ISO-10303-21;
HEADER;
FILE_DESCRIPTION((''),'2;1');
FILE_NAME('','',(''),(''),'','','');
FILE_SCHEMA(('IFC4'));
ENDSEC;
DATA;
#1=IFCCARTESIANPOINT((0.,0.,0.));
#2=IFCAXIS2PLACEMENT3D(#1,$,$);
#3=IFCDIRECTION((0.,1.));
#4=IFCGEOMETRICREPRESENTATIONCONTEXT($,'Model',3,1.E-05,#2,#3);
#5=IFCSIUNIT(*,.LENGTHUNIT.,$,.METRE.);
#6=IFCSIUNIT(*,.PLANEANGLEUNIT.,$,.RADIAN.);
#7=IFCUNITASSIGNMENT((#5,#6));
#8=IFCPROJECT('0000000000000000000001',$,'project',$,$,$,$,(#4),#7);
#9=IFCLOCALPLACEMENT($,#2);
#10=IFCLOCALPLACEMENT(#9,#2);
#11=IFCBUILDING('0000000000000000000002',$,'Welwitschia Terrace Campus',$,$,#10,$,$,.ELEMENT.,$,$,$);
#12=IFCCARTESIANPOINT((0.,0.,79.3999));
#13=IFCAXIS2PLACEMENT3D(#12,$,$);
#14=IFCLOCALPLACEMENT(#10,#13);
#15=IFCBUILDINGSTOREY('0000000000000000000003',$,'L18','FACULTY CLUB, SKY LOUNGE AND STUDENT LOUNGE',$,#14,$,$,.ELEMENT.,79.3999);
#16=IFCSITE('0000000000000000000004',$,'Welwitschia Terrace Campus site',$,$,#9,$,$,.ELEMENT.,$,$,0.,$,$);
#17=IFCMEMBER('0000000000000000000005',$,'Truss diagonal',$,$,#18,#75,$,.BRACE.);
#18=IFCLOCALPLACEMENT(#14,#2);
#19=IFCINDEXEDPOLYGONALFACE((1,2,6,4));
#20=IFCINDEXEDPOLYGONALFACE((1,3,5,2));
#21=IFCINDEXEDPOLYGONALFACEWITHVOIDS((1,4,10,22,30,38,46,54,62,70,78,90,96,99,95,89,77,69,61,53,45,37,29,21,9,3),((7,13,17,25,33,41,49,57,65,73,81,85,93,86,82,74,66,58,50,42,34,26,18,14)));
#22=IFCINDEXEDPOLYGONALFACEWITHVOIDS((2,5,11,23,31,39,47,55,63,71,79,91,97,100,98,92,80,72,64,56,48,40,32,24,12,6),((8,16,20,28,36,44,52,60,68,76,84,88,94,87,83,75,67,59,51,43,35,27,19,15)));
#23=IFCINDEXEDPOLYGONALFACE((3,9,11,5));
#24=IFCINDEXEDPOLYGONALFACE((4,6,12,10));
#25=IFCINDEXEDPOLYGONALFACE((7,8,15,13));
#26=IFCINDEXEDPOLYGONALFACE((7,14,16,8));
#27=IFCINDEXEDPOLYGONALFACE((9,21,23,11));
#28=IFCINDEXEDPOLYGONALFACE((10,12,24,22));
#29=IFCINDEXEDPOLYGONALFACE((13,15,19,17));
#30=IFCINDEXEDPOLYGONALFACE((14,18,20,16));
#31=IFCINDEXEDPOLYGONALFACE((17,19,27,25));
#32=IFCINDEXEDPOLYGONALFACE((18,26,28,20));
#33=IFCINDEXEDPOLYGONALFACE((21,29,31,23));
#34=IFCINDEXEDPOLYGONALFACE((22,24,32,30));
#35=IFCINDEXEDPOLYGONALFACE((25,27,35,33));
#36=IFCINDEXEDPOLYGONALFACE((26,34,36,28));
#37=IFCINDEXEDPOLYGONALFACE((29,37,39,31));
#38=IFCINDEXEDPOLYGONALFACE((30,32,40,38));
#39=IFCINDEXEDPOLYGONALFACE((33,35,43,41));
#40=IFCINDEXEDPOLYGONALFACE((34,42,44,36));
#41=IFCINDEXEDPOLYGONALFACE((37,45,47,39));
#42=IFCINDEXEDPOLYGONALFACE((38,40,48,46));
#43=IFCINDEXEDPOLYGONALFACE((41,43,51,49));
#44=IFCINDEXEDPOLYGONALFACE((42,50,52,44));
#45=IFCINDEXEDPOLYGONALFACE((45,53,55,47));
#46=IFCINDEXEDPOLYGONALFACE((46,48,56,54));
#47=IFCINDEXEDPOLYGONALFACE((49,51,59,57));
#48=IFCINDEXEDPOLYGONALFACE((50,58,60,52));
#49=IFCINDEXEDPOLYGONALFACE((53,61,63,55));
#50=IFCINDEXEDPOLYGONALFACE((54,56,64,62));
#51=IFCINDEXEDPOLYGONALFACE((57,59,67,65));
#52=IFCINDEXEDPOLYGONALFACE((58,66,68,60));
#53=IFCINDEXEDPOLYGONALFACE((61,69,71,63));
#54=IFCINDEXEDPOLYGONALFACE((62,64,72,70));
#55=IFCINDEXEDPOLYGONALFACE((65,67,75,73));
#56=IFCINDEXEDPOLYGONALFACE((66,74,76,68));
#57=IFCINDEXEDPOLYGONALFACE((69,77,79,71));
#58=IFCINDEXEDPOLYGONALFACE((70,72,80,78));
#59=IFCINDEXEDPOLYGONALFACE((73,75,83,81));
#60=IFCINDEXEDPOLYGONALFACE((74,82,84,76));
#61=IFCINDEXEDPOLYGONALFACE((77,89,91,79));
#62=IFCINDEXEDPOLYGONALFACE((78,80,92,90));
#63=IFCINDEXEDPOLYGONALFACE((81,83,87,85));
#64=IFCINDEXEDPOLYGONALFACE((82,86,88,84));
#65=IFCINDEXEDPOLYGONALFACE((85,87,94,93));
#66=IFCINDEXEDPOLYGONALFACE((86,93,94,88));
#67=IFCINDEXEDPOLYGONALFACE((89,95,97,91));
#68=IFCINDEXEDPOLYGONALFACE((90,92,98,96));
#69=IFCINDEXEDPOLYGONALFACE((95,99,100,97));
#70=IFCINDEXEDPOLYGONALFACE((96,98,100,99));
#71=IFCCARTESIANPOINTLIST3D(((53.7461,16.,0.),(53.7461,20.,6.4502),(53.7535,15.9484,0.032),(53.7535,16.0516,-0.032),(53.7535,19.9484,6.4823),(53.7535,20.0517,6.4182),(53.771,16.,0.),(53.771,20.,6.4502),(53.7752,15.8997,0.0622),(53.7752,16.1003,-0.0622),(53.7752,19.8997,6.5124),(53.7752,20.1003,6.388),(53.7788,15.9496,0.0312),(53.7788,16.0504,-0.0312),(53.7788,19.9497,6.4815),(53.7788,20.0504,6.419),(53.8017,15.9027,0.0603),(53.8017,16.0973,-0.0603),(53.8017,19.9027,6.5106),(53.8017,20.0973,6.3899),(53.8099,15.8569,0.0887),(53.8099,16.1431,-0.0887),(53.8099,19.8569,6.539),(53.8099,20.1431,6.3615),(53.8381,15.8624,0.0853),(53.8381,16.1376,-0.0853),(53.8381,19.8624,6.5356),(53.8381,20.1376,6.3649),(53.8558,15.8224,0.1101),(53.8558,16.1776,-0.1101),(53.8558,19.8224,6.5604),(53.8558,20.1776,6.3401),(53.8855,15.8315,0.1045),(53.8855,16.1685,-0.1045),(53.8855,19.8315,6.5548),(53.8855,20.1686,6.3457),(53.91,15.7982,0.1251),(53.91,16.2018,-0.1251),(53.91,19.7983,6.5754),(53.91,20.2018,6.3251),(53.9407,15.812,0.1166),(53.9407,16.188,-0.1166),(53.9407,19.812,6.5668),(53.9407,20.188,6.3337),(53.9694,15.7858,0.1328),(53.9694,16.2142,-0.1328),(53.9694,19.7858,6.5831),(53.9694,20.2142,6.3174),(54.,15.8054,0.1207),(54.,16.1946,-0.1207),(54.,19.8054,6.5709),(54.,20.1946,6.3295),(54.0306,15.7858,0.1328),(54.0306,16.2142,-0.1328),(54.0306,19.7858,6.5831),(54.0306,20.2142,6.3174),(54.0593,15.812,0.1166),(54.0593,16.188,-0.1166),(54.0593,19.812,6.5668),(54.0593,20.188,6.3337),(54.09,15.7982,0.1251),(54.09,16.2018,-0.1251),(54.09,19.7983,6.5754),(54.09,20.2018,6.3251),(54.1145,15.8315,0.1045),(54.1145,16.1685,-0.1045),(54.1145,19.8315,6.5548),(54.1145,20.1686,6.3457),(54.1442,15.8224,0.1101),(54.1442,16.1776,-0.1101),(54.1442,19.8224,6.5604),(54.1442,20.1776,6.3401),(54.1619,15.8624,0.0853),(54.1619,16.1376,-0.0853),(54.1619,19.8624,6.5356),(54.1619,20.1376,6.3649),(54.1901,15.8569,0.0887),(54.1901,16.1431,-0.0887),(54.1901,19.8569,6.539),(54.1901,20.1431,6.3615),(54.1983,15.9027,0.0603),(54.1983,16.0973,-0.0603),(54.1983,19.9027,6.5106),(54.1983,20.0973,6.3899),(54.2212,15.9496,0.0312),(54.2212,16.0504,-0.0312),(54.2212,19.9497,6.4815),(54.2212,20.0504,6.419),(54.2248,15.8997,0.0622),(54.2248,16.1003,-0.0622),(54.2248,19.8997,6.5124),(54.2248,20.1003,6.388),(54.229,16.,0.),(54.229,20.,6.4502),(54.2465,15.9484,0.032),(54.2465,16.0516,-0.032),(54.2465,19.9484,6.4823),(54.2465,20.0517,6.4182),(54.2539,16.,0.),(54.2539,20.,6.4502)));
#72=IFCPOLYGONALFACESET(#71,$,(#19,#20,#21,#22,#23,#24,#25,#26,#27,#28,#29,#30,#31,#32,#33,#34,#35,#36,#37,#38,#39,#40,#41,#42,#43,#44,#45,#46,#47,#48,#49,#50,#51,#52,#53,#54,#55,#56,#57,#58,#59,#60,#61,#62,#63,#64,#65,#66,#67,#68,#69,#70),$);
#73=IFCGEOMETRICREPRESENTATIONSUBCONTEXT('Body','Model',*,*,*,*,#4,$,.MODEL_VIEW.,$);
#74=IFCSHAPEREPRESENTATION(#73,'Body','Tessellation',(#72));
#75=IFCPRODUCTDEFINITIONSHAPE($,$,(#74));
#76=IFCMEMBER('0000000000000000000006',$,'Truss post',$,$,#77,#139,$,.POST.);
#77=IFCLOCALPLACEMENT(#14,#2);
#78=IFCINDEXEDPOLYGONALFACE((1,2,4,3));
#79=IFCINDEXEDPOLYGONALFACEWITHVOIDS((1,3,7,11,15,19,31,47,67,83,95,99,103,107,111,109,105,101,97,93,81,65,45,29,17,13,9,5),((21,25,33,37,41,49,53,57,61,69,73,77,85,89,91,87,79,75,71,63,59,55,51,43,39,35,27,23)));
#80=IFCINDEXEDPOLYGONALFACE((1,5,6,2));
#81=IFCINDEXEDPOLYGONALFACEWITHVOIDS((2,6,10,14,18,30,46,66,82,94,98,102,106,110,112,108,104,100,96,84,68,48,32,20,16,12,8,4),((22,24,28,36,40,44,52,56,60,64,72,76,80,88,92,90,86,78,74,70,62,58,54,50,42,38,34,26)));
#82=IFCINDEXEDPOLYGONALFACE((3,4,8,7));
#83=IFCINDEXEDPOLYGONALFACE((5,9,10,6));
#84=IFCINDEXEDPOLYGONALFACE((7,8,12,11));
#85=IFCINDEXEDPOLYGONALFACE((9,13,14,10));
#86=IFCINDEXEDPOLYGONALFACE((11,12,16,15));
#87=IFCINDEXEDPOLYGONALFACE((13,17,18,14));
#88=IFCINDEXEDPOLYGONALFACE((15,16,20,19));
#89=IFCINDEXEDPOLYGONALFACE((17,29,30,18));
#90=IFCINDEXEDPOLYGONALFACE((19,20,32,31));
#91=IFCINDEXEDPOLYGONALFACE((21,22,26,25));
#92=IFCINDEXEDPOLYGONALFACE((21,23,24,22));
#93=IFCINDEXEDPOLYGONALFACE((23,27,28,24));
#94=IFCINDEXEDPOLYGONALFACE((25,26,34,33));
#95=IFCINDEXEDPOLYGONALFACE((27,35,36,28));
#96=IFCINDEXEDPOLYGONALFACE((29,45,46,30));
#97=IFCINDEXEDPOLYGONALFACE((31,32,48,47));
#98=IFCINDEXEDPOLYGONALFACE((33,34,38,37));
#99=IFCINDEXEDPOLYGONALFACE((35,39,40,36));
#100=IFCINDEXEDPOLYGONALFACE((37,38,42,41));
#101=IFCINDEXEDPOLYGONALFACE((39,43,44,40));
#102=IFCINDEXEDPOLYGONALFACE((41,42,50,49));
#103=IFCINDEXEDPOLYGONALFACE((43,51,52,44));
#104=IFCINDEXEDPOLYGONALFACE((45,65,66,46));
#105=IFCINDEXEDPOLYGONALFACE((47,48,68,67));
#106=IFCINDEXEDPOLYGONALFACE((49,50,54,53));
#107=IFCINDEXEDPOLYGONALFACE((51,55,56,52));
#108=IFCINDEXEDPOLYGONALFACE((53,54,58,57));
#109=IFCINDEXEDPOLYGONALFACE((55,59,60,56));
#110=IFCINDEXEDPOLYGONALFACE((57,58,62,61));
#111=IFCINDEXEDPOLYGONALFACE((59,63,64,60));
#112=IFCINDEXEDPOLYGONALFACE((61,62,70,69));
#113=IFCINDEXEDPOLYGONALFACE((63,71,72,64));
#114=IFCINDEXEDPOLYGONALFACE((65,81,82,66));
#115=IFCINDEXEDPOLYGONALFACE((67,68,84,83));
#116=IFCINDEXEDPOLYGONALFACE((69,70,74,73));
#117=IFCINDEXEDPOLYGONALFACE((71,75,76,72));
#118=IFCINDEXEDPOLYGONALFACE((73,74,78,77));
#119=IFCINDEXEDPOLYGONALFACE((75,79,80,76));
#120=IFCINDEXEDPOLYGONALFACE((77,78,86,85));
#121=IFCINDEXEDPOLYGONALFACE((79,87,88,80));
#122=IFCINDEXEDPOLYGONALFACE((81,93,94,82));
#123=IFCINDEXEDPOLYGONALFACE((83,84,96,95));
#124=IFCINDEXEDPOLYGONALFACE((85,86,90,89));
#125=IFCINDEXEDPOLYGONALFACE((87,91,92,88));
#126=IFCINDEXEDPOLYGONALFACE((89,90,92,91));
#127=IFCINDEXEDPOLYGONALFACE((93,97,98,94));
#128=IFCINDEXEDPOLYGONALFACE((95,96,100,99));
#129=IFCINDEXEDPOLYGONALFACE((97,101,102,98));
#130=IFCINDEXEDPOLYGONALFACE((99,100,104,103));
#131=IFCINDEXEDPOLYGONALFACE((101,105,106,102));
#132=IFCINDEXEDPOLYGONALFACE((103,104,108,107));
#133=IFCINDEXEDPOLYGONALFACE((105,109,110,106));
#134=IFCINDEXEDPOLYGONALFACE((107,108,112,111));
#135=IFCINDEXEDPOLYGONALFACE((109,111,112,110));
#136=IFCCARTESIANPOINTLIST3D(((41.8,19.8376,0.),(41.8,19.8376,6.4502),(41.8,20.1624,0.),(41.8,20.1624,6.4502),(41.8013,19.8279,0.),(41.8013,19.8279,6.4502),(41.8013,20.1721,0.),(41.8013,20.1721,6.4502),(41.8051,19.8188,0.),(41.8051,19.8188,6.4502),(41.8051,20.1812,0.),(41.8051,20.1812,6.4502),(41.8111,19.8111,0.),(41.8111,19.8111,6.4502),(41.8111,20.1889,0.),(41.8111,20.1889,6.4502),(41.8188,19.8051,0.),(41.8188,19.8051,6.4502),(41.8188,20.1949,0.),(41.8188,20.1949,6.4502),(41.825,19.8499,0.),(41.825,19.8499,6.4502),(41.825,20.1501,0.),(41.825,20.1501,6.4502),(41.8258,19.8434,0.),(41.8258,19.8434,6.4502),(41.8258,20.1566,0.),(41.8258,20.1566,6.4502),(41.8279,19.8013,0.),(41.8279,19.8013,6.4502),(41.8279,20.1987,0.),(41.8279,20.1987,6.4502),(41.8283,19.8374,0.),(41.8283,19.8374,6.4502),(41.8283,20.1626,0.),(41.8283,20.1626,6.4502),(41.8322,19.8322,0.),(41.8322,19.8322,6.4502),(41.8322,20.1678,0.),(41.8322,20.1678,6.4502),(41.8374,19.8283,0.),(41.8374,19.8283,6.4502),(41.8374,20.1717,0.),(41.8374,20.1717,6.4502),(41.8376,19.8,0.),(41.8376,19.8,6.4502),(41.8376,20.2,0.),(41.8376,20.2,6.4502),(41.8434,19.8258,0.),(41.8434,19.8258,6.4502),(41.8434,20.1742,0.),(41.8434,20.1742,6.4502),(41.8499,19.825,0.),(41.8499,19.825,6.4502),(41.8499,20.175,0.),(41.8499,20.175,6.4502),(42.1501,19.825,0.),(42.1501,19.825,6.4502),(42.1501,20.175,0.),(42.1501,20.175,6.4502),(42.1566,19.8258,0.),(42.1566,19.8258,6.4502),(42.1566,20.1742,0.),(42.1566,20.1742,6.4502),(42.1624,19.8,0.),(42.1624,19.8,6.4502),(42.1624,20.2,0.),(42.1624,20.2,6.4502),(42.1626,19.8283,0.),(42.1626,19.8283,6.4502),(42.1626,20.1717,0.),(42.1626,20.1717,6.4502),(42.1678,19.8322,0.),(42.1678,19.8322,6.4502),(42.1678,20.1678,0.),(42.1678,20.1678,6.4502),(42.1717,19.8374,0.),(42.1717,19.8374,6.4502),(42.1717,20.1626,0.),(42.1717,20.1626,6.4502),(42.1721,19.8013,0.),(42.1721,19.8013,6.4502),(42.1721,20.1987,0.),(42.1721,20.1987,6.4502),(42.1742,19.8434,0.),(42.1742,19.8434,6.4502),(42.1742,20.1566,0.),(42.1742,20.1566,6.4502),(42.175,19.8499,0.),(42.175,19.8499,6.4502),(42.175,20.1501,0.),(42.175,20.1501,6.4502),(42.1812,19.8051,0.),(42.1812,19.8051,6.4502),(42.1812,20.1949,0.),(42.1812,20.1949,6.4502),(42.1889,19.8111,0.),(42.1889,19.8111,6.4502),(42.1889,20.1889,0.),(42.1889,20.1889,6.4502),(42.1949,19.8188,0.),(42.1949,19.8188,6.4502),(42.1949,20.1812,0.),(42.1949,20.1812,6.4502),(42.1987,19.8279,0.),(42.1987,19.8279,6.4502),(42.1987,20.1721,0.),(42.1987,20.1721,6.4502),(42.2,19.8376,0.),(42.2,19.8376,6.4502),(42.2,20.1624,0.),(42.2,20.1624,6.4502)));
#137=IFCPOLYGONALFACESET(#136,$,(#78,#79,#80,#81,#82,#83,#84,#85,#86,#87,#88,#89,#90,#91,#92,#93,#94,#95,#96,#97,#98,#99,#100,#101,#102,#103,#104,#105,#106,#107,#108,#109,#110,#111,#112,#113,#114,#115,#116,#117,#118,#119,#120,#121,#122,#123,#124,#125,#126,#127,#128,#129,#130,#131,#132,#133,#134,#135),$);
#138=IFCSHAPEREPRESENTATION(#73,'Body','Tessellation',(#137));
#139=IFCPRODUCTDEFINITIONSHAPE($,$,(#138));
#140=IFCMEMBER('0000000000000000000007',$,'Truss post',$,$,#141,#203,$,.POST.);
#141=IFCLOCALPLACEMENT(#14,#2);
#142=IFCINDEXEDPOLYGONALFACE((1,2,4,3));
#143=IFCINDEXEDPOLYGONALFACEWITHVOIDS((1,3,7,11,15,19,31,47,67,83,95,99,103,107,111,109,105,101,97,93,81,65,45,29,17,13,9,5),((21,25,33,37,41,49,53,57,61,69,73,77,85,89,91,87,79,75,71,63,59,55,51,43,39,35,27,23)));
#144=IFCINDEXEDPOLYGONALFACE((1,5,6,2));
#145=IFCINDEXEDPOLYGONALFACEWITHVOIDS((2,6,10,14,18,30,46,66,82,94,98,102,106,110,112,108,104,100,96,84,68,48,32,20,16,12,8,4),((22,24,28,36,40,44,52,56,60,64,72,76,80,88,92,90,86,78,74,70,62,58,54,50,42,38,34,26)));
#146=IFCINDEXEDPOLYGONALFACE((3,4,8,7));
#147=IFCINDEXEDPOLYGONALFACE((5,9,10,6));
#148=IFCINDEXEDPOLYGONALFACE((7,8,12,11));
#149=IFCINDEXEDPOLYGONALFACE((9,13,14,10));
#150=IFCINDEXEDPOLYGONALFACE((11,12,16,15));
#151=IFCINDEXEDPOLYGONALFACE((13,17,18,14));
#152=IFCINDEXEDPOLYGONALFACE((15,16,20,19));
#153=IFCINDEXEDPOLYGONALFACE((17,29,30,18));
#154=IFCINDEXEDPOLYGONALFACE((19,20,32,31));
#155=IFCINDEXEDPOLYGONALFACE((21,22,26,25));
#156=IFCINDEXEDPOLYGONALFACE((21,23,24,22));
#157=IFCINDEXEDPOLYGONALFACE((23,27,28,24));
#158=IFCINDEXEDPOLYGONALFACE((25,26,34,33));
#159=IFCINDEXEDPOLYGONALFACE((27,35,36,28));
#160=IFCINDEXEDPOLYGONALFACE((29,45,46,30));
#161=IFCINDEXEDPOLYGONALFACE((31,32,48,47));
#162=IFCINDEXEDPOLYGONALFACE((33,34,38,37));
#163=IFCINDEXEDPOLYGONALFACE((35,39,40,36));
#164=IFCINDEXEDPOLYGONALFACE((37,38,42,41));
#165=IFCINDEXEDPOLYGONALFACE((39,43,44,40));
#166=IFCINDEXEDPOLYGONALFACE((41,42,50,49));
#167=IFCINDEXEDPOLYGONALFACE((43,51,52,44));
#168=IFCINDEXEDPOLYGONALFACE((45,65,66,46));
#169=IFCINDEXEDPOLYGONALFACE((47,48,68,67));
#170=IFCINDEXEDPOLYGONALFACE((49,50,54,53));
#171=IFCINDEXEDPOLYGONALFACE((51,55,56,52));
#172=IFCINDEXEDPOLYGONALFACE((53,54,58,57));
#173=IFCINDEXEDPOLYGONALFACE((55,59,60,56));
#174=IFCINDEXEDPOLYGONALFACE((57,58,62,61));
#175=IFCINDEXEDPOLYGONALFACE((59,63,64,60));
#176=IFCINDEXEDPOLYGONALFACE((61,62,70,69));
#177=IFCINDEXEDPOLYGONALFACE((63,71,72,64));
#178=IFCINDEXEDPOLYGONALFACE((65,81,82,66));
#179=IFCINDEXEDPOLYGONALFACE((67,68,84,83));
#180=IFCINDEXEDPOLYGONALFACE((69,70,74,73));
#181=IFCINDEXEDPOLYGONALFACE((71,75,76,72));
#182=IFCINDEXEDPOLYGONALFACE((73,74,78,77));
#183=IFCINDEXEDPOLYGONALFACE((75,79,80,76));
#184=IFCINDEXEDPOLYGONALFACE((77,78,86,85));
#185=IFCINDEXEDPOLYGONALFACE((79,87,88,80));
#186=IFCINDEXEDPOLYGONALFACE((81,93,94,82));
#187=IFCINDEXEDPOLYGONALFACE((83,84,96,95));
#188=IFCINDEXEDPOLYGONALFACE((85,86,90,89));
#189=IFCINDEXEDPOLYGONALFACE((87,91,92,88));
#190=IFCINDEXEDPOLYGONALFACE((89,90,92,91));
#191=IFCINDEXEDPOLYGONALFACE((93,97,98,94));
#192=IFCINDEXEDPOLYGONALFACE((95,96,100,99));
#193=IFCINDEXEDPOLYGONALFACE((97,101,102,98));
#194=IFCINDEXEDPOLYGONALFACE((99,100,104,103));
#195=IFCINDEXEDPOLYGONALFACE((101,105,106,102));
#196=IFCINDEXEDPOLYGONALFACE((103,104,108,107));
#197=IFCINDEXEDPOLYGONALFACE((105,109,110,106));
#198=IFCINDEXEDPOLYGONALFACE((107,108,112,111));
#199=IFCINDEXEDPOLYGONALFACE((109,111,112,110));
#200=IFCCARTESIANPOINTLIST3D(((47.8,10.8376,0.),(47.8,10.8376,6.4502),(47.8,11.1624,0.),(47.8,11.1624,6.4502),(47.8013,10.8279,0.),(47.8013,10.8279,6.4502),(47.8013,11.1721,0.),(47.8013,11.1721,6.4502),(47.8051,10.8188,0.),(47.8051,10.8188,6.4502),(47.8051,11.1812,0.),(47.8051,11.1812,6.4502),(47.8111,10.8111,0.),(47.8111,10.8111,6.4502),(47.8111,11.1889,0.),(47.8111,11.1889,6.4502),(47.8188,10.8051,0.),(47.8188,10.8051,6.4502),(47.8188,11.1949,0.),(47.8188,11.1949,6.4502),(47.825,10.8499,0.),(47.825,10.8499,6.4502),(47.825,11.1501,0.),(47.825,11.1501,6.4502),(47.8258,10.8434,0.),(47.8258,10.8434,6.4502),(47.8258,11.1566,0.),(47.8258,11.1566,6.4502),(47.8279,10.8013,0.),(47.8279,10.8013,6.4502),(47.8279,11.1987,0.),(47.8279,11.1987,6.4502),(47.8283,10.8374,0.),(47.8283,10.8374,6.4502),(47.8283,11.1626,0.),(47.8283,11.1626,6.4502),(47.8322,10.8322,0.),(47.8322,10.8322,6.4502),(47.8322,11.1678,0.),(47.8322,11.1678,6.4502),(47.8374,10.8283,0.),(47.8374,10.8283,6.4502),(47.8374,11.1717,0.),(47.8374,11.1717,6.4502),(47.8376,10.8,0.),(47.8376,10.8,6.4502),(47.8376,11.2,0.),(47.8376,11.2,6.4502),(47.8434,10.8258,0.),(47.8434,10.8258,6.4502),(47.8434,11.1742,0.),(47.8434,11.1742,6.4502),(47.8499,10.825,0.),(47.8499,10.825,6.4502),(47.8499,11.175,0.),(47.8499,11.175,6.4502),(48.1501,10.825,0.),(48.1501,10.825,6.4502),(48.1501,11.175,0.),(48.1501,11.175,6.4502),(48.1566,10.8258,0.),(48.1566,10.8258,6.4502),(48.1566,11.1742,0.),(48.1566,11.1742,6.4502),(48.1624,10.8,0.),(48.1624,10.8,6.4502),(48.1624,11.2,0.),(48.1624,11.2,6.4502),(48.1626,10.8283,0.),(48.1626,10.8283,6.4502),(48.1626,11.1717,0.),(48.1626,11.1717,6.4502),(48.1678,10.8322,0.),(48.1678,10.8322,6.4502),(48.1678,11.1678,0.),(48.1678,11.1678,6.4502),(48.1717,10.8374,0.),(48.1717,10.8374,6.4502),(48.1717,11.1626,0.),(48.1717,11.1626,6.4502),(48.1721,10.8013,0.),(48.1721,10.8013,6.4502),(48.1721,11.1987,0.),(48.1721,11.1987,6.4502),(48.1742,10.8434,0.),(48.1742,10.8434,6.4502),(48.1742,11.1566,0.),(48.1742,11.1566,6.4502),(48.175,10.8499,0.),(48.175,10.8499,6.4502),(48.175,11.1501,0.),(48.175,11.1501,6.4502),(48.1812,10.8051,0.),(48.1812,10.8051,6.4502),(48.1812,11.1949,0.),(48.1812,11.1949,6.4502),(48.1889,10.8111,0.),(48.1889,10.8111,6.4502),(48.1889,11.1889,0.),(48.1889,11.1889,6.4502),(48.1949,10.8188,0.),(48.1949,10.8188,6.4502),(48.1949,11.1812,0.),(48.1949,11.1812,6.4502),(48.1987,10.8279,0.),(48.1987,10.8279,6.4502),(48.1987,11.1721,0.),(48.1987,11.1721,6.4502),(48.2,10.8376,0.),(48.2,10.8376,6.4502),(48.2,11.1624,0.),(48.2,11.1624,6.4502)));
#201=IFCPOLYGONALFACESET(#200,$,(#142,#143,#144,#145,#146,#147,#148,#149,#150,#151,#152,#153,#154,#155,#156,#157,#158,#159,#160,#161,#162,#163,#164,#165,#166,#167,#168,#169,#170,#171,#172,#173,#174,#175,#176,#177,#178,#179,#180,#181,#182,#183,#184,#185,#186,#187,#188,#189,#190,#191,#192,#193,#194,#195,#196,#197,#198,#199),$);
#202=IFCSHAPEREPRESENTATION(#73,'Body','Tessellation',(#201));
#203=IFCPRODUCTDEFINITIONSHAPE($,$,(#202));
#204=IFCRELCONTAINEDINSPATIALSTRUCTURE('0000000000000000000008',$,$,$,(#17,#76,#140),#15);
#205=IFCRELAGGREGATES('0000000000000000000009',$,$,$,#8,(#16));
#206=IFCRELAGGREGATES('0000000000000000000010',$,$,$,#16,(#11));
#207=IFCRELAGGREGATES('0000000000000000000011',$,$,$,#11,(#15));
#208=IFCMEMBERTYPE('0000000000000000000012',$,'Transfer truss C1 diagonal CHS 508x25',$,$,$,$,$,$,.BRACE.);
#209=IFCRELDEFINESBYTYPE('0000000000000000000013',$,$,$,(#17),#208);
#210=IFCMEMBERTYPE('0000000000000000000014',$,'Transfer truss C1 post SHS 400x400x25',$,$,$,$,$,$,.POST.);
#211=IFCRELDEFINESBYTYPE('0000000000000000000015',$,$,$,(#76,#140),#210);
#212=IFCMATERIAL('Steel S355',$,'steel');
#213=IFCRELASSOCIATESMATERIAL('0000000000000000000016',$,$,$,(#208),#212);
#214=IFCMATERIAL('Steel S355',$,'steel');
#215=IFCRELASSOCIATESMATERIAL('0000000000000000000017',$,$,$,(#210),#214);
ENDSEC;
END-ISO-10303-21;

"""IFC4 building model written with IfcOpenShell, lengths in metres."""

from ifc_helpers import new_model, si_unit, direction, frame, origin, origin_2d, place, context, subcontext, project, spatial, hollow_rectangle, hollow_circle, extrude, material, material_profile, profile_set, type_object, element, save


model = new_model("IFC4")

# Units and contexts
model_context = context("Model", 3, precision=1e-05, world=origin(), true_north=direction((0.0, 1.0)))
body_context = subcontext(model_context, "Body", "Model", "MODEL_VIEW")
ifc_project = project(units=[si_unit("LENGTHUNIT", "METRE"), si_unit("PLANEANGLEUNIT", "RADIAN")], contexts=[model_context])

# Site, building, storey
site_placement = place(None, origin())
site = spatial("IfcSite", under=ifc_project, at=site_placement, Name="Welwitschia Terrace Campus site", CompositionType="ELEMENT", RefElevation=0.0)
building_placement = place(site_placement, origin())
building = spatial("IfcBuilding", under=site, at=building_placement, Name="Welwitschia Terrace Campus", CompositionType="ELEMENT")
storey_placement = place(building_placement, frame((0.0, 0.0, 79.3999)))
storey = spatial("IfcBuildingStorey", under=building, at=storey_placement, Name="L18", Description="FACULTY CLUB, SKY LOUNGE AND STUDENT LOUNGE", CompositionType="ELEMENT", Elevation=79.3999)

# Members
ifc_material_1 = material(Name="Steel S355", Category="steel")
ifc_material_profile_1 = material_profile(ifc_material_1, hollow_circle(Radius=0.2539, WallThickness=0.0249, at=origin_2d()))
ifc_profile_set_1 = profile_set([ifc_material_profile_1], Name="Steel S355")
member_type_1 = type_object("IfcMemberType", Name="Transfer truss C1 diagonal CHS 508x25", PredefinedType="BRACE", material=ifc_profile_set_1)
member_1_placement = place(storey_placement, frame((54.0, 16.0, 0.0), z_axis=(0.0, 0.527023, 0.849851), x_axis=(-1.0, 0.0, 0.0)))
element("IfcMember", 1, at=member_1_placement, inside=storey, type_object=member_type_1, Name="Truss diagonal", PredefinedType="BRACE", context=body_context, shape_type="SweptSolid", body=[
    extrude(hollow_circle(Radius=0.2539, WallThickness=0.0249, at=origin_2d()), origin(), (0.0, 0.0, 1.0), 7.5898),
])
ifc_material_2 = material(Name="Steel S355", Category="steel")
ifc_material_profile_2 = material_profile(ifc_material_2, hollow_rectangle(XDim=0.3999, YDim=0.3999, WallThickness=0.0249, InnerFilletRadius=0.0249, OuterFilletRadius=0.0376, at=origin_2d()))
ifc_profile_set_2 = profile_set([ifc_material_profile_2], Name="Steel S355")
member_type_2 = type_object("IfcMemberType", Name="Transfer truss C1 post SHS 400x400x25", PredefinedType="POST", material=ifc_profile_set_2)
for number, where, z_axis, x_axis, name in (
    (2, (42.0, 20.0, 0.0), (0.0, 0.0, 1.0), (1.0, 0.0, 0.0), "Truss post"),
    (3, (48.0, 11.0, 0.0), (0.0, 0.0, 1.0), (1.0, 0.0, 0.0), "Truss post"),
):
    element("IfcMember", number, at=place(storey_placement, frame(where, z_axis=z_axis, x_axis=x_axis)), inside=storey, type_object=member_type_2, Name=name, PredefinedType="POST", context=body_context, shape_type="SweptSolid", body=[
        extrude(hollow_rectangle(XDim=0.3999, YDim=0.3999, WallThickness=0.0249, InnerFilletRadius=0.0249, OuterFilletRadius=0.0376, at=origin_2d()), origin(), (0.0, 0.0, 1.0), 6.4502),
    ])

save(model, "model.ifc")
